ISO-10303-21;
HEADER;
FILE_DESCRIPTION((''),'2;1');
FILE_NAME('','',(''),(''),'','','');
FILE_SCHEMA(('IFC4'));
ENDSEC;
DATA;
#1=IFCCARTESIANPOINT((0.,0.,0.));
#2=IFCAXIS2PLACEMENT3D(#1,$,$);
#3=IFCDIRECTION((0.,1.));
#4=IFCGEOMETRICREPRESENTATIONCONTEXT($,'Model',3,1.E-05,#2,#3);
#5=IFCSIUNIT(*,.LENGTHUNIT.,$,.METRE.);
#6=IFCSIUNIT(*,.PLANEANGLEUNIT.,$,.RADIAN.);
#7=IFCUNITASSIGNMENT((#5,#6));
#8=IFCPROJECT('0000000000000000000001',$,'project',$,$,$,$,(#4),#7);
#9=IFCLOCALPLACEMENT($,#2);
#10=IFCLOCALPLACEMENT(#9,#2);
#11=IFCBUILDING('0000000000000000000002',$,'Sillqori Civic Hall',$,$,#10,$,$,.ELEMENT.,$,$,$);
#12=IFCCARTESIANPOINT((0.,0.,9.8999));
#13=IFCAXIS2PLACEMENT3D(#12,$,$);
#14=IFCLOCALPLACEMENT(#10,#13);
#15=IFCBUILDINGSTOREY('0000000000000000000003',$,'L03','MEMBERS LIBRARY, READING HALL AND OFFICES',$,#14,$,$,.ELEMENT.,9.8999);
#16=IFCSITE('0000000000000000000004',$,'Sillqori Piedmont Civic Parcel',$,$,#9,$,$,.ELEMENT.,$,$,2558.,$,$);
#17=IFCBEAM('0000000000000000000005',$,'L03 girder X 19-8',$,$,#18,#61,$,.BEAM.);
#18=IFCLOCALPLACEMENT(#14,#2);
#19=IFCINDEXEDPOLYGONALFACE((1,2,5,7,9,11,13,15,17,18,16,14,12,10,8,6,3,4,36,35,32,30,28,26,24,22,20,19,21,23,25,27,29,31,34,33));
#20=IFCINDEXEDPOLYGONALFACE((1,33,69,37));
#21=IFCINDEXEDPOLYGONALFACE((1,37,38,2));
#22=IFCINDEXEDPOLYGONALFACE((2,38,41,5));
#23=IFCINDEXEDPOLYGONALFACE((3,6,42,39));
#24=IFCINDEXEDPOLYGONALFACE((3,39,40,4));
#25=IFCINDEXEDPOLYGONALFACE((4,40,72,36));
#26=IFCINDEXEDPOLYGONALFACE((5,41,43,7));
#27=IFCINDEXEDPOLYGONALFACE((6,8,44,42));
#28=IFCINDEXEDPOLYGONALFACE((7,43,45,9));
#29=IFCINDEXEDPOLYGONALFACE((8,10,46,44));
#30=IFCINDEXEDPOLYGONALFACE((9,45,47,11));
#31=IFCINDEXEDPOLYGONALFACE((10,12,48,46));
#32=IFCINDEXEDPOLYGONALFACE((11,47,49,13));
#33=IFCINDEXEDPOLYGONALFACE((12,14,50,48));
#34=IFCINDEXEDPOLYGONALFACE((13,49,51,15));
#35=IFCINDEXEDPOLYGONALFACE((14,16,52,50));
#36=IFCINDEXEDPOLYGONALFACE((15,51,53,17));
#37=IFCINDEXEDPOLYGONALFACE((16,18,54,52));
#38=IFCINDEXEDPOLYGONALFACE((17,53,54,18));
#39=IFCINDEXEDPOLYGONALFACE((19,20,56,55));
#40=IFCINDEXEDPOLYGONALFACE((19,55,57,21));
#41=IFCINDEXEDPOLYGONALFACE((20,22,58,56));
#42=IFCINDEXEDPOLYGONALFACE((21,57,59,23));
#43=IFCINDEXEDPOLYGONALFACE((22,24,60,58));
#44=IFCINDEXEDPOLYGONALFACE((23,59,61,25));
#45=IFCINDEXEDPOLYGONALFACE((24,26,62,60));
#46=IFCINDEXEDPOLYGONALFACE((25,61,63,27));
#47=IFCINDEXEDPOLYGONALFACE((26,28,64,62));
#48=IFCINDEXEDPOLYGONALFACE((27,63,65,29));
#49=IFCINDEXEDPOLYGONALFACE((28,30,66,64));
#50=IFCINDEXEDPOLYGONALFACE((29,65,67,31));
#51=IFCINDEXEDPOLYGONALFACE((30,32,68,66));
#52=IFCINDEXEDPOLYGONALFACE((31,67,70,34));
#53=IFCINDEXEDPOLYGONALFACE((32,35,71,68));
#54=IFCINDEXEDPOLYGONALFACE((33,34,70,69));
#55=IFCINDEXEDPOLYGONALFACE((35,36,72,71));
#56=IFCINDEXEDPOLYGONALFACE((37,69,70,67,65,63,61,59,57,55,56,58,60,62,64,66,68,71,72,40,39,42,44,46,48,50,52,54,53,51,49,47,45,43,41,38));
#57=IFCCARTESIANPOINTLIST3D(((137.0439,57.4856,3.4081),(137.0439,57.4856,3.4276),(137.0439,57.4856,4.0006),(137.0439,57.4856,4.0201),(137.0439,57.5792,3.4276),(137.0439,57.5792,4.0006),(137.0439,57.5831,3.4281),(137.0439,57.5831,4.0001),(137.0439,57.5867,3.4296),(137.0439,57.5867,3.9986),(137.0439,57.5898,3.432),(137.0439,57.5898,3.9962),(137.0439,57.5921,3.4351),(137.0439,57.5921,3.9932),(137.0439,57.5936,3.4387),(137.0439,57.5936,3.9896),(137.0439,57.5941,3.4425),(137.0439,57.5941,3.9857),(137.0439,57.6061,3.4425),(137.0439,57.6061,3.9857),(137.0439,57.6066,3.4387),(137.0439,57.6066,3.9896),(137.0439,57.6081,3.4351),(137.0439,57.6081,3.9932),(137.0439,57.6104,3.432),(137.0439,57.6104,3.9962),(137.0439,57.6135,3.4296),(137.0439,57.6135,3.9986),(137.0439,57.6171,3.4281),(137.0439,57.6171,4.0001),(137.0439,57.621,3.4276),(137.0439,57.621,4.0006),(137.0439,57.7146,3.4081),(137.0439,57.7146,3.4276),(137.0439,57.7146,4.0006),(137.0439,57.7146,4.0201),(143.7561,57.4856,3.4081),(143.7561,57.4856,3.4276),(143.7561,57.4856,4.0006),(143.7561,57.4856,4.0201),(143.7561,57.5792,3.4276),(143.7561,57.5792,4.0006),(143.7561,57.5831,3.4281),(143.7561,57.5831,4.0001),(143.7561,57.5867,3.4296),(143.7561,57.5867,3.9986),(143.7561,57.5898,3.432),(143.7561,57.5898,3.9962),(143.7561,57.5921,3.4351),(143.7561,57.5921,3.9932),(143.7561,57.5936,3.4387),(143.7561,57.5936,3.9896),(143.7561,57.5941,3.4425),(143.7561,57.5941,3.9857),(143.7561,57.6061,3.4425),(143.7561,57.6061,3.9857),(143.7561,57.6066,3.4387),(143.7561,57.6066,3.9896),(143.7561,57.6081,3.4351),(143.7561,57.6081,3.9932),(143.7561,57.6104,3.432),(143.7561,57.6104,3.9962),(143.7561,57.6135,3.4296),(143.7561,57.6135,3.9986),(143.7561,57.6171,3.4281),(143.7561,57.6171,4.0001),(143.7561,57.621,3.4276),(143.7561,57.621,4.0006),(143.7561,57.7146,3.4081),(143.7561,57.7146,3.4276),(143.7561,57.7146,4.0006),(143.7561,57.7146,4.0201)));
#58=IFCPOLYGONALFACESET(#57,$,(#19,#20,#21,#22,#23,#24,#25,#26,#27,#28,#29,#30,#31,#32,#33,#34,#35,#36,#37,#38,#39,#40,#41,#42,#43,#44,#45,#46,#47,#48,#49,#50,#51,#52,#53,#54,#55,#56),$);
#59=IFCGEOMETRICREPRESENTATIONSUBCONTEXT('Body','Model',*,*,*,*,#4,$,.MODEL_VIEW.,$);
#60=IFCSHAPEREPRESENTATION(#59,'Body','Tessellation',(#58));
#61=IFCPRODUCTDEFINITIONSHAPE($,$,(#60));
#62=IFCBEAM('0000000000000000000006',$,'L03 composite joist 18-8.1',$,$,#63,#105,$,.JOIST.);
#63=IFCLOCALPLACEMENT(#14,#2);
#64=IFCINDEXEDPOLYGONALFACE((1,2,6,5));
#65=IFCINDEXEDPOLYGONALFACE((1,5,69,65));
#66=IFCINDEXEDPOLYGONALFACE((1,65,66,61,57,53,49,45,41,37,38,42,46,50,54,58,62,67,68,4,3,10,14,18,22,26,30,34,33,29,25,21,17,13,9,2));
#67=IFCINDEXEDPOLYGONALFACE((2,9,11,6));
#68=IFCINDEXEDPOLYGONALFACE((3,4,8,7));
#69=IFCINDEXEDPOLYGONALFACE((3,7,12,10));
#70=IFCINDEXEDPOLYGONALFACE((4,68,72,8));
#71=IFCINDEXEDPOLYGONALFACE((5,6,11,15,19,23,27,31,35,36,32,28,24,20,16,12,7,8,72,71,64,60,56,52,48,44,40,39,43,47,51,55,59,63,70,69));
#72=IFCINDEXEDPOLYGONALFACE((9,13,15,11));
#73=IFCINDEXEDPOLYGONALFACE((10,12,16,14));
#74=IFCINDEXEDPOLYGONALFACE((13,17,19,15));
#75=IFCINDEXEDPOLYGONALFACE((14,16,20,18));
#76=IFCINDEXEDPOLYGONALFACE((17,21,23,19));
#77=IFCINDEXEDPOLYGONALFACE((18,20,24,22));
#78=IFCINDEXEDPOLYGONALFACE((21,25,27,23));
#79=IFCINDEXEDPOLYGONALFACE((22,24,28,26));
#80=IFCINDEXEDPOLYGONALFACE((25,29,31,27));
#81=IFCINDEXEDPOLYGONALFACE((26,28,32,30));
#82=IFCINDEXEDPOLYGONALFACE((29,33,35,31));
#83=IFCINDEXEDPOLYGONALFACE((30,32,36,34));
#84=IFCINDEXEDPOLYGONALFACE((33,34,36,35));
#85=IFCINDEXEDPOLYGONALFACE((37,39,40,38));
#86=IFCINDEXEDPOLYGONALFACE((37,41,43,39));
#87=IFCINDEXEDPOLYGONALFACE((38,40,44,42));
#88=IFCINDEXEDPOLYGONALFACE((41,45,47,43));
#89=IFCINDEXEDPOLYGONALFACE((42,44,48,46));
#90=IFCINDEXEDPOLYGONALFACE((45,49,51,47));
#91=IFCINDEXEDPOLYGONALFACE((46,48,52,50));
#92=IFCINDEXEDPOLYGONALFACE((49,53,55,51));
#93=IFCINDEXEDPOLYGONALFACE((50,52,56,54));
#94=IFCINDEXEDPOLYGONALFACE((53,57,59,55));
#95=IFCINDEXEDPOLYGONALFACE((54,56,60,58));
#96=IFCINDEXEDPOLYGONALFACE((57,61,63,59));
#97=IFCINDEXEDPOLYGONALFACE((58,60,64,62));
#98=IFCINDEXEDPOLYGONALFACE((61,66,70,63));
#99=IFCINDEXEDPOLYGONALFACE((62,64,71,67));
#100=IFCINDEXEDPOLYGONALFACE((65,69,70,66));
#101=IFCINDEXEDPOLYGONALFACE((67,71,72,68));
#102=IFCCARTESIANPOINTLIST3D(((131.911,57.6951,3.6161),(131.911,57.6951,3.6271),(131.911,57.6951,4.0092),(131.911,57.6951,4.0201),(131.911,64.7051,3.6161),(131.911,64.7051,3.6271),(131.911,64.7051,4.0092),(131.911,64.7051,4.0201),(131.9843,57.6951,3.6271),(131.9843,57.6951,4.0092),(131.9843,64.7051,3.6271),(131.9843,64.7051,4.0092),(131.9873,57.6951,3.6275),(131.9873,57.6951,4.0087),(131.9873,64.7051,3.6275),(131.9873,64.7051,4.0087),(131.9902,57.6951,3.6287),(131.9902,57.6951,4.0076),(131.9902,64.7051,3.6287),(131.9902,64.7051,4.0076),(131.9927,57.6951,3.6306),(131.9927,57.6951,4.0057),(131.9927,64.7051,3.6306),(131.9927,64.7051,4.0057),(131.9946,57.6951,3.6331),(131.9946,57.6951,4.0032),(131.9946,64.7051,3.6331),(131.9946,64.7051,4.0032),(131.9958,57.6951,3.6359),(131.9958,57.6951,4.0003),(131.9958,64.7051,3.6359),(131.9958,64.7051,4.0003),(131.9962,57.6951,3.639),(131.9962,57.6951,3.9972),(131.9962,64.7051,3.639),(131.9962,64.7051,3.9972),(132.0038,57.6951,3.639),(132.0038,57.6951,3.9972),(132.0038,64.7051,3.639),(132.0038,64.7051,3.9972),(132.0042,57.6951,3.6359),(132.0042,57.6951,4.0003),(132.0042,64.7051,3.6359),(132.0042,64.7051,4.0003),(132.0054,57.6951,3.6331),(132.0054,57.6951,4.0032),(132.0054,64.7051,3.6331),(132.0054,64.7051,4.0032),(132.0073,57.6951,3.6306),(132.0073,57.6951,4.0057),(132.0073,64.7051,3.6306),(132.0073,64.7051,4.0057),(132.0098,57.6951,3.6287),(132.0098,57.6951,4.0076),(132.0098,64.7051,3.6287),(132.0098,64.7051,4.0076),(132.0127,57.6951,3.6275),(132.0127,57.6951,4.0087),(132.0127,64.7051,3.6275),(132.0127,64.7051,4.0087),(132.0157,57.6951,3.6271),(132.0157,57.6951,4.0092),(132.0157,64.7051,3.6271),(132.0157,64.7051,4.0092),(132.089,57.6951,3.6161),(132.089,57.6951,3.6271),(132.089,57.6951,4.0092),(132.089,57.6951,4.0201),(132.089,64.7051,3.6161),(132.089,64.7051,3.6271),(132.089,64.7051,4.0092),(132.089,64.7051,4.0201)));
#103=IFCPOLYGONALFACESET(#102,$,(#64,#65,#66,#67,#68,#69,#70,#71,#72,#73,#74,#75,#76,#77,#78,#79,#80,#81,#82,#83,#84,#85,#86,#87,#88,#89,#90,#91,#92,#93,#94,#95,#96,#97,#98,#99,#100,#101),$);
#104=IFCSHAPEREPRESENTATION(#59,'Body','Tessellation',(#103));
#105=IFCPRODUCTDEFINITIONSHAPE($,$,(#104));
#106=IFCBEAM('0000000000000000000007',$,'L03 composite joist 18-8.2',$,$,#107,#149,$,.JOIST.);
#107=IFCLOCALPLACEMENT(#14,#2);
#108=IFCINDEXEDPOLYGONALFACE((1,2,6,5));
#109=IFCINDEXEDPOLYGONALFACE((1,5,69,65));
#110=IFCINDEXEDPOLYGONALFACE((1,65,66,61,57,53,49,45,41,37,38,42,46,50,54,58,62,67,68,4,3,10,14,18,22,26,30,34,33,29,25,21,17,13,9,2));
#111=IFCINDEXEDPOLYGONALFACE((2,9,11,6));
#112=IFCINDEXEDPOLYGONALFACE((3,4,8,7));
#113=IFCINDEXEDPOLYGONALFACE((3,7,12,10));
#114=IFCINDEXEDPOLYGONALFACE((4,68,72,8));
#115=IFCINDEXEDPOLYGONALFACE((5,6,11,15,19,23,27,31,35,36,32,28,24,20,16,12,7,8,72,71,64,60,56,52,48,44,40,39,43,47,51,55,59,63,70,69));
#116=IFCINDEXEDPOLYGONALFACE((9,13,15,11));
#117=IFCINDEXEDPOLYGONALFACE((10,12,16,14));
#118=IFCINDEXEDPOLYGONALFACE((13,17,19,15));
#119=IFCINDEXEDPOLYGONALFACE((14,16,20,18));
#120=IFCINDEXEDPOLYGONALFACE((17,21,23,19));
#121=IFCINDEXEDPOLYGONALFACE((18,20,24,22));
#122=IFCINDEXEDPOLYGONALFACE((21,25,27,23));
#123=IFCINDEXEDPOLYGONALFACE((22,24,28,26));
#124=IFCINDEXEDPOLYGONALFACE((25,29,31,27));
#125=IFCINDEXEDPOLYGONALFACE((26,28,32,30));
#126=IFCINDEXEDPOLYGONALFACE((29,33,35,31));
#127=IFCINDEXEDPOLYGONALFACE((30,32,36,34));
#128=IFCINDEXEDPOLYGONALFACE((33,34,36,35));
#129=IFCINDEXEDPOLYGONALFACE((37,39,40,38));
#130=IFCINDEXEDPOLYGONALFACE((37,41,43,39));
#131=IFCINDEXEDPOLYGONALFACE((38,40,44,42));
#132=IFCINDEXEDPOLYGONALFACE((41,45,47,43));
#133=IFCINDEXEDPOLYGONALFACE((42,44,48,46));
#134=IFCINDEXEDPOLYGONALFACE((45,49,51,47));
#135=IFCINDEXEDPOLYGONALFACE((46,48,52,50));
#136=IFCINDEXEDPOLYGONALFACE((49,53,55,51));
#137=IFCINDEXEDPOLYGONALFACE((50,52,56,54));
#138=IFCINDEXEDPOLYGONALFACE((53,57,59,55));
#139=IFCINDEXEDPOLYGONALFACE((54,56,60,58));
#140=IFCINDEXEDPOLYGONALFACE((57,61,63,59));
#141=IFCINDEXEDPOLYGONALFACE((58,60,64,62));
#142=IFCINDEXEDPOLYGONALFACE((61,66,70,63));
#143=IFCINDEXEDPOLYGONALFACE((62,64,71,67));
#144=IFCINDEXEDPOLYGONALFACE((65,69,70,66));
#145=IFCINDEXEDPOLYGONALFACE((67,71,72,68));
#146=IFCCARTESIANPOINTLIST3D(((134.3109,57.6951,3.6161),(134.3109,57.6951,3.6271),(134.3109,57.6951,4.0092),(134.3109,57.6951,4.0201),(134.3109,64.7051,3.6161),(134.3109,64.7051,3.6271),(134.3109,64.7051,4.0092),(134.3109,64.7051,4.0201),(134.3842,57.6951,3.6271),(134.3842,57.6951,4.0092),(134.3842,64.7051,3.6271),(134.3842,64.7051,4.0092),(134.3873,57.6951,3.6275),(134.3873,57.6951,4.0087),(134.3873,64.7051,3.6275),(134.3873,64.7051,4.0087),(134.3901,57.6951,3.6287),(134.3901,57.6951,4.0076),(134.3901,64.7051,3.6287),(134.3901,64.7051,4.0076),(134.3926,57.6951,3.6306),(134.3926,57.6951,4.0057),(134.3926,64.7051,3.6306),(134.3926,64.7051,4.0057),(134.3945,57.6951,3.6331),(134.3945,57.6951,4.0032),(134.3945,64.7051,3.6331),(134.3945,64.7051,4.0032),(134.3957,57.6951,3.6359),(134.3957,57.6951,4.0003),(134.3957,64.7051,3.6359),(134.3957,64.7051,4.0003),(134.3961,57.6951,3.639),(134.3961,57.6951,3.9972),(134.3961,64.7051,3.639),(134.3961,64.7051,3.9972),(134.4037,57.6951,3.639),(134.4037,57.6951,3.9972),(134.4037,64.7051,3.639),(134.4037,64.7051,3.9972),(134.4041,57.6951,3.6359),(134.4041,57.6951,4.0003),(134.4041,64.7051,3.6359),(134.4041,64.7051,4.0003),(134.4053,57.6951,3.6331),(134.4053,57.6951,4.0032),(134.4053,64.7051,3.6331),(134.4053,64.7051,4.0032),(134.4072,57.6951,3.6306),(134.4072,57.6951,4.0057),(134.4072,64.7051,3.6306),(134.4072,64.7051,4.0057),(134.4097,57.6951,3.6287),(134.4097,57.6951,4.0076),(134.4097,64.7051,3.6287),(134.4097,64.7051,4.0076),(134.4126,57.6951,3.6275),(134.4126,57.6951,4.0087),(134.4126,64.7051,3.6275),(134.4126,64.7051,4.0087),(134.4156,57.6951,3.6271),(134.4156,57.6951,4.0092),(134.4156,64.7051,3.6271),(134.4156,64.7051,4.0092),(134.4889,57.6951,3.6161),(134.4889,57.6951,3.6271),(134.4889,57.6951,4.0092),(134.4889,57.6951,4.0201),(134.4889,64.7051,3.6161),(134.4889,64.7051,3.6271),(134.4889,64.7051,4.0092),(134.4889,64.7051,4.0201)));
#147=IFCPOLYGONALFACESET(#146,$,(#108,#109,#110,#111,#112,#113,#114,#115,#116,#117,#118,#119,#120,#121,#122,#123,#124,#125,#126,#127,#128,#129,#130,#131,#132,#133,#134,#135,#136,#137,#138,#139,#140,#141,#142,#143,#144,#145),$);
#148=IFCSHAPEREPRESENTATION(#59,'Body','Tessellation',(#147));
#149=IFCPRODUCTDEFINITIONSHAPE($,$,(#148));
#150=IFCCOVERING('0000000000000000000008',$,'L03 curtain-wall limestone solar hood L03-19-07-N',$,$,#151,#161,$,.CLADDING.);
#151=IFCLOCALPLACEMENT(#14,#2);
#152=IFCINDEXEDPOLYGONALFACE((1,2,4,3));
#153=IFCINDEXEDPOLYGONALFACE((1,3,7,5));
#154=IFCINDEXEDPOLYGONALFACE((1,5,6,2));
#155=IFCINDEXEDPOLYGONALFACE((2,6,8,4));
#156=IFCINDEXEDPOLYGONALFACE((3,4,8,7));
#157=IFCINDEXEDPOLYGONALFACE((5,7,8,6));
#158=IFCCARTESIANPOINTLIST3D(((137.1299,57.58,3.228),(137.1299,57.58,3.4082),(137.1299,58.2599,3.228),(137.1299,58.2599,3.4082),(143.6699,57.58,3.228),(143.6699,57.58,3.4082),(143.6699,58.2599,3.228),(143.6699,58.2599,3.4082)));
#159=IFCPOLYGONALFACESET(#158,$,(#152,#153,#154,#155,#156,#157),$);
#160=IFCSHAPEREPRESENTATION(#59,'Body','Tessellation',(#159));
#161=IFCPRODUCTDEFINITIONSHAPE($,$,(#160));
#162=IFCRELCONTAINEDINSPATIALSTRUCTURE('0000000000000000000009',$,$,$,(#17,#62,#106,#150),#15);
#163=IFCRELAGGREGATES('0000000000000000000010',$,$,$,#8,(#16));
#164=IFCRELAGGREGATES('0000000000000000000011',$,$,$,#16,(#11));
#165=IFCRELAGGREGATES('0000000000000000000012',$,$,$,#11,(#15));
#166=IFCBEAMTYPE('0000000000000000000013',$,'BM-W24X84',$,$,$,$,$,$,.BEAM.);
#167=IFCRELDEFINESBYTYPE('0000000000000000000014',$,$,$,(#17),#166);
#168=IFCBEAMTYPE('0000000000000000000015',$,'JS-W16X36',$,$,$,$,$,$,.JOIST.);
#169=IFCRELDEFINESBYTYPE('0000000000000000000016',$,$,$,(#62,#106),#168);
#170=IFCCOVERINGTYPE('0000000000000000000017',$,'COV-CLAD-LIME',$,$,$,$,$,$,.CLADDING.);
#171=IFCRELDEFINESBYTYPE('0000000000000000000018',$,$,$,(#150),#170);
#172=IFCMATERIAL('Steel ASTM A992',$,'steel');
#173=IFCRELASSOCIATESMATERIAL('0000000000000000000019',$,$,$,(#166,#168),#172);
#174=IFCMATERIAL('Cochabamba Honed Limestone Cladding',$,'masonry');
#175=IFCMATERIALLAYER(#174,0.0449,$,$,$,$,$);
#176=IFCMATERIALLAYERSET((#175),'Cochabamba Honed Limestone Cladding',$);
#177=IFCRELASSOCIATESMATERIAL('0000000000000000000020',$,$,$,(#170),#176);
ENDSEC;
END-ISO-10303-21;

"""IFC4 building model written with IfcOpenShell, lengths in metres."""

from ifc_helpers import new_model, si_unit, direction, frame, frame_2d, origin, origin_2d, place, context, subcontext, project, spatial, rectangle, i_section, extrude, material, layer, layer_set, material_profile, profile_set, type_object, element, save


model = new_model("IFC4")

# Units and contexts
model_context = context("Model", 3, precision=1e-05, world=origin(), true_north=direction((0.0, 1.0)))
body_context = subcontext(model_context, "Body", "Model", "MODEL_VIEW")
ifc_project = project(units=[si_unit("LENGTHUNIT", "METRE"), si_unit("PLANEANGLEUNIT", "RADIAN")], contexts=[model_context])

# Site, building, storey
site_placement = place(None, origin())
site = spatial("IfcSite", under=ifc_project, at=site_placement, Name="Sillqori Piedmont Civic Parcel", CompositionType="ELEMENT", RefElevation=2558.0)
building_placement = place(site_placement, origin())
building = spatial("IfcBuilding", under=site, at=building_placement, Name="Sillqori Civic Hall", CompositionType="ELEMENT")
storey_placement = place(building_placement, frame((0.0, 0.0, 9.8999)))
storey = spatial("IfcBuildingStorey", under=building, at=storey_placement, Name="L03", Description="MEMBERS LIBRARY, READING HALL AND OFFICES", CompositionType="ELEMENT", Elevation=9.8999)

# Beams
ifc_material_1 = material(Name="Steel ASTM A992", Category="steel")
ifc_material_profile_1 = material_profile(ifc_material_1, i_section(OverallWidth=0.229, OverallDepth=0.6121, WebThickness=0.012, FlangeThickness=0.0195, FilletRadius=0.0149, at=origin_2d()), Name="W24X84")
ifc_profile_set_1 = profile_set([ifc_material_profile_1], Name="Steel ASTM A992")
beam_type_1 = type_object("IfcBeamType", Name="BM-W24X84", PredefinedType="BEAM", material=ifc_profile_set_1)
beam_1_placement = place(storey_placement, frame((137.0439, 57.6001, 3.7141), z_axis=(1.0, 0.0, 0.0), x_axis=(0.0, 1.0, 0.0)))
element("IfcBeam", 1, at=beam_1_placement, inside=storey, type_object=beam_type_1, Name="L03 girder X 19-8", PredefinedType="BEAM", context=body_context, shape_type="SweptSolid", body=[
    extrude(i_section(OverallWidth=0.229, OverallDepth=0.6121, WebThickness=0.012, FlangeThickness=0.0195, FilletRadius=0.0149, at=origin_2d()), origin(), (0.0, 0.0, 1.0), 6.7122),
])
ifc_material_profile_2 = material_profile(ifc_material_1, i_section(OverallWidth=0.178, OverallDepth=0.4041, WebThickness=0.0076, FlangeThickness=0.011, FilletRadius=0.012, at=origin_2d()), Name="W16X36")
ifc_profile_set_2 = profile_set([ifc_material_profile_2], Name="Steel ASTM A992")
beam_type_2 = type_object("IfcBeamType", Name="JS-W16X36", PredefinedType="JOIST", material=ifc_profile_set_2)
for number, where, z_axis, x_axis, name in (
    (2, (132.0, 57.6951, 3.8181), (0.0, 1.0, 0.0), (-1.0, 0.0, 0.0), "L03 composite joist 18-8.1"),
    (3, (134.3999, 57.6951, 3.8181), (0.0, 1.0, 0.0), (-1.0, 0.0, 0.0), "L03 composite joist 18-8.2"),
):
    element("IfcBeam", number, at=place(storey_placement, frame(where, z_axis=z_axis, x_axis=x_axis)), inside=storey, type_object=beam_type_2, Name=name, PredefinedType="JOIST", context=body_context, shape_type="SweptSolid", body=[
        extrude(i_section(OverallWidth=0.178, OverallDepth=0.4041, WebThickness=0.0076, FlangeThickness=0.011, FilletRadius=0.012, at=origin_2d()), origin(), (0.0, 0.0, 1.0), 7.01),
    ])

# Covering
ifc_material_2 = material(Name="Cochabamba Honed Limestone Cladding", Category="masonry")
ifc_layer_1 = layer(ifc_material_2, 0.0449)
ifc_layer_set_1 = layer_set([ifc_layer_1], Name="Cochabamba Honed Limestone Cladding")
covering_type = type_object("IfcCoveringType", Name="COV-CLAD-LIME", PredefinedType="CLADDING", material=ifc_layer_set_1)
covering_placement = place(storey_placement, frame((137.1299, 57.9199, 3.228), z_axis=(0.0, 0.0, 1.0), x_axis=(1.0, 0.0, 0.0)))
element("IfcCovering", 4, at=covering_placement, inside=storey, type_object=covering_type, Name="L03 curtain-wall limestone solar hood L03-19-07-N", PredefinedType="CLADDING", context=body_context, shape_type="SweptSolid", body=[
    extrude(rectangle(XDim=6.54, YDim=0.6799, at=frame_2d((3.27, 0.0))), origin(), (0.0, 0.0, 1.0), 0.1802),
])

save(model, "model.ifc")
